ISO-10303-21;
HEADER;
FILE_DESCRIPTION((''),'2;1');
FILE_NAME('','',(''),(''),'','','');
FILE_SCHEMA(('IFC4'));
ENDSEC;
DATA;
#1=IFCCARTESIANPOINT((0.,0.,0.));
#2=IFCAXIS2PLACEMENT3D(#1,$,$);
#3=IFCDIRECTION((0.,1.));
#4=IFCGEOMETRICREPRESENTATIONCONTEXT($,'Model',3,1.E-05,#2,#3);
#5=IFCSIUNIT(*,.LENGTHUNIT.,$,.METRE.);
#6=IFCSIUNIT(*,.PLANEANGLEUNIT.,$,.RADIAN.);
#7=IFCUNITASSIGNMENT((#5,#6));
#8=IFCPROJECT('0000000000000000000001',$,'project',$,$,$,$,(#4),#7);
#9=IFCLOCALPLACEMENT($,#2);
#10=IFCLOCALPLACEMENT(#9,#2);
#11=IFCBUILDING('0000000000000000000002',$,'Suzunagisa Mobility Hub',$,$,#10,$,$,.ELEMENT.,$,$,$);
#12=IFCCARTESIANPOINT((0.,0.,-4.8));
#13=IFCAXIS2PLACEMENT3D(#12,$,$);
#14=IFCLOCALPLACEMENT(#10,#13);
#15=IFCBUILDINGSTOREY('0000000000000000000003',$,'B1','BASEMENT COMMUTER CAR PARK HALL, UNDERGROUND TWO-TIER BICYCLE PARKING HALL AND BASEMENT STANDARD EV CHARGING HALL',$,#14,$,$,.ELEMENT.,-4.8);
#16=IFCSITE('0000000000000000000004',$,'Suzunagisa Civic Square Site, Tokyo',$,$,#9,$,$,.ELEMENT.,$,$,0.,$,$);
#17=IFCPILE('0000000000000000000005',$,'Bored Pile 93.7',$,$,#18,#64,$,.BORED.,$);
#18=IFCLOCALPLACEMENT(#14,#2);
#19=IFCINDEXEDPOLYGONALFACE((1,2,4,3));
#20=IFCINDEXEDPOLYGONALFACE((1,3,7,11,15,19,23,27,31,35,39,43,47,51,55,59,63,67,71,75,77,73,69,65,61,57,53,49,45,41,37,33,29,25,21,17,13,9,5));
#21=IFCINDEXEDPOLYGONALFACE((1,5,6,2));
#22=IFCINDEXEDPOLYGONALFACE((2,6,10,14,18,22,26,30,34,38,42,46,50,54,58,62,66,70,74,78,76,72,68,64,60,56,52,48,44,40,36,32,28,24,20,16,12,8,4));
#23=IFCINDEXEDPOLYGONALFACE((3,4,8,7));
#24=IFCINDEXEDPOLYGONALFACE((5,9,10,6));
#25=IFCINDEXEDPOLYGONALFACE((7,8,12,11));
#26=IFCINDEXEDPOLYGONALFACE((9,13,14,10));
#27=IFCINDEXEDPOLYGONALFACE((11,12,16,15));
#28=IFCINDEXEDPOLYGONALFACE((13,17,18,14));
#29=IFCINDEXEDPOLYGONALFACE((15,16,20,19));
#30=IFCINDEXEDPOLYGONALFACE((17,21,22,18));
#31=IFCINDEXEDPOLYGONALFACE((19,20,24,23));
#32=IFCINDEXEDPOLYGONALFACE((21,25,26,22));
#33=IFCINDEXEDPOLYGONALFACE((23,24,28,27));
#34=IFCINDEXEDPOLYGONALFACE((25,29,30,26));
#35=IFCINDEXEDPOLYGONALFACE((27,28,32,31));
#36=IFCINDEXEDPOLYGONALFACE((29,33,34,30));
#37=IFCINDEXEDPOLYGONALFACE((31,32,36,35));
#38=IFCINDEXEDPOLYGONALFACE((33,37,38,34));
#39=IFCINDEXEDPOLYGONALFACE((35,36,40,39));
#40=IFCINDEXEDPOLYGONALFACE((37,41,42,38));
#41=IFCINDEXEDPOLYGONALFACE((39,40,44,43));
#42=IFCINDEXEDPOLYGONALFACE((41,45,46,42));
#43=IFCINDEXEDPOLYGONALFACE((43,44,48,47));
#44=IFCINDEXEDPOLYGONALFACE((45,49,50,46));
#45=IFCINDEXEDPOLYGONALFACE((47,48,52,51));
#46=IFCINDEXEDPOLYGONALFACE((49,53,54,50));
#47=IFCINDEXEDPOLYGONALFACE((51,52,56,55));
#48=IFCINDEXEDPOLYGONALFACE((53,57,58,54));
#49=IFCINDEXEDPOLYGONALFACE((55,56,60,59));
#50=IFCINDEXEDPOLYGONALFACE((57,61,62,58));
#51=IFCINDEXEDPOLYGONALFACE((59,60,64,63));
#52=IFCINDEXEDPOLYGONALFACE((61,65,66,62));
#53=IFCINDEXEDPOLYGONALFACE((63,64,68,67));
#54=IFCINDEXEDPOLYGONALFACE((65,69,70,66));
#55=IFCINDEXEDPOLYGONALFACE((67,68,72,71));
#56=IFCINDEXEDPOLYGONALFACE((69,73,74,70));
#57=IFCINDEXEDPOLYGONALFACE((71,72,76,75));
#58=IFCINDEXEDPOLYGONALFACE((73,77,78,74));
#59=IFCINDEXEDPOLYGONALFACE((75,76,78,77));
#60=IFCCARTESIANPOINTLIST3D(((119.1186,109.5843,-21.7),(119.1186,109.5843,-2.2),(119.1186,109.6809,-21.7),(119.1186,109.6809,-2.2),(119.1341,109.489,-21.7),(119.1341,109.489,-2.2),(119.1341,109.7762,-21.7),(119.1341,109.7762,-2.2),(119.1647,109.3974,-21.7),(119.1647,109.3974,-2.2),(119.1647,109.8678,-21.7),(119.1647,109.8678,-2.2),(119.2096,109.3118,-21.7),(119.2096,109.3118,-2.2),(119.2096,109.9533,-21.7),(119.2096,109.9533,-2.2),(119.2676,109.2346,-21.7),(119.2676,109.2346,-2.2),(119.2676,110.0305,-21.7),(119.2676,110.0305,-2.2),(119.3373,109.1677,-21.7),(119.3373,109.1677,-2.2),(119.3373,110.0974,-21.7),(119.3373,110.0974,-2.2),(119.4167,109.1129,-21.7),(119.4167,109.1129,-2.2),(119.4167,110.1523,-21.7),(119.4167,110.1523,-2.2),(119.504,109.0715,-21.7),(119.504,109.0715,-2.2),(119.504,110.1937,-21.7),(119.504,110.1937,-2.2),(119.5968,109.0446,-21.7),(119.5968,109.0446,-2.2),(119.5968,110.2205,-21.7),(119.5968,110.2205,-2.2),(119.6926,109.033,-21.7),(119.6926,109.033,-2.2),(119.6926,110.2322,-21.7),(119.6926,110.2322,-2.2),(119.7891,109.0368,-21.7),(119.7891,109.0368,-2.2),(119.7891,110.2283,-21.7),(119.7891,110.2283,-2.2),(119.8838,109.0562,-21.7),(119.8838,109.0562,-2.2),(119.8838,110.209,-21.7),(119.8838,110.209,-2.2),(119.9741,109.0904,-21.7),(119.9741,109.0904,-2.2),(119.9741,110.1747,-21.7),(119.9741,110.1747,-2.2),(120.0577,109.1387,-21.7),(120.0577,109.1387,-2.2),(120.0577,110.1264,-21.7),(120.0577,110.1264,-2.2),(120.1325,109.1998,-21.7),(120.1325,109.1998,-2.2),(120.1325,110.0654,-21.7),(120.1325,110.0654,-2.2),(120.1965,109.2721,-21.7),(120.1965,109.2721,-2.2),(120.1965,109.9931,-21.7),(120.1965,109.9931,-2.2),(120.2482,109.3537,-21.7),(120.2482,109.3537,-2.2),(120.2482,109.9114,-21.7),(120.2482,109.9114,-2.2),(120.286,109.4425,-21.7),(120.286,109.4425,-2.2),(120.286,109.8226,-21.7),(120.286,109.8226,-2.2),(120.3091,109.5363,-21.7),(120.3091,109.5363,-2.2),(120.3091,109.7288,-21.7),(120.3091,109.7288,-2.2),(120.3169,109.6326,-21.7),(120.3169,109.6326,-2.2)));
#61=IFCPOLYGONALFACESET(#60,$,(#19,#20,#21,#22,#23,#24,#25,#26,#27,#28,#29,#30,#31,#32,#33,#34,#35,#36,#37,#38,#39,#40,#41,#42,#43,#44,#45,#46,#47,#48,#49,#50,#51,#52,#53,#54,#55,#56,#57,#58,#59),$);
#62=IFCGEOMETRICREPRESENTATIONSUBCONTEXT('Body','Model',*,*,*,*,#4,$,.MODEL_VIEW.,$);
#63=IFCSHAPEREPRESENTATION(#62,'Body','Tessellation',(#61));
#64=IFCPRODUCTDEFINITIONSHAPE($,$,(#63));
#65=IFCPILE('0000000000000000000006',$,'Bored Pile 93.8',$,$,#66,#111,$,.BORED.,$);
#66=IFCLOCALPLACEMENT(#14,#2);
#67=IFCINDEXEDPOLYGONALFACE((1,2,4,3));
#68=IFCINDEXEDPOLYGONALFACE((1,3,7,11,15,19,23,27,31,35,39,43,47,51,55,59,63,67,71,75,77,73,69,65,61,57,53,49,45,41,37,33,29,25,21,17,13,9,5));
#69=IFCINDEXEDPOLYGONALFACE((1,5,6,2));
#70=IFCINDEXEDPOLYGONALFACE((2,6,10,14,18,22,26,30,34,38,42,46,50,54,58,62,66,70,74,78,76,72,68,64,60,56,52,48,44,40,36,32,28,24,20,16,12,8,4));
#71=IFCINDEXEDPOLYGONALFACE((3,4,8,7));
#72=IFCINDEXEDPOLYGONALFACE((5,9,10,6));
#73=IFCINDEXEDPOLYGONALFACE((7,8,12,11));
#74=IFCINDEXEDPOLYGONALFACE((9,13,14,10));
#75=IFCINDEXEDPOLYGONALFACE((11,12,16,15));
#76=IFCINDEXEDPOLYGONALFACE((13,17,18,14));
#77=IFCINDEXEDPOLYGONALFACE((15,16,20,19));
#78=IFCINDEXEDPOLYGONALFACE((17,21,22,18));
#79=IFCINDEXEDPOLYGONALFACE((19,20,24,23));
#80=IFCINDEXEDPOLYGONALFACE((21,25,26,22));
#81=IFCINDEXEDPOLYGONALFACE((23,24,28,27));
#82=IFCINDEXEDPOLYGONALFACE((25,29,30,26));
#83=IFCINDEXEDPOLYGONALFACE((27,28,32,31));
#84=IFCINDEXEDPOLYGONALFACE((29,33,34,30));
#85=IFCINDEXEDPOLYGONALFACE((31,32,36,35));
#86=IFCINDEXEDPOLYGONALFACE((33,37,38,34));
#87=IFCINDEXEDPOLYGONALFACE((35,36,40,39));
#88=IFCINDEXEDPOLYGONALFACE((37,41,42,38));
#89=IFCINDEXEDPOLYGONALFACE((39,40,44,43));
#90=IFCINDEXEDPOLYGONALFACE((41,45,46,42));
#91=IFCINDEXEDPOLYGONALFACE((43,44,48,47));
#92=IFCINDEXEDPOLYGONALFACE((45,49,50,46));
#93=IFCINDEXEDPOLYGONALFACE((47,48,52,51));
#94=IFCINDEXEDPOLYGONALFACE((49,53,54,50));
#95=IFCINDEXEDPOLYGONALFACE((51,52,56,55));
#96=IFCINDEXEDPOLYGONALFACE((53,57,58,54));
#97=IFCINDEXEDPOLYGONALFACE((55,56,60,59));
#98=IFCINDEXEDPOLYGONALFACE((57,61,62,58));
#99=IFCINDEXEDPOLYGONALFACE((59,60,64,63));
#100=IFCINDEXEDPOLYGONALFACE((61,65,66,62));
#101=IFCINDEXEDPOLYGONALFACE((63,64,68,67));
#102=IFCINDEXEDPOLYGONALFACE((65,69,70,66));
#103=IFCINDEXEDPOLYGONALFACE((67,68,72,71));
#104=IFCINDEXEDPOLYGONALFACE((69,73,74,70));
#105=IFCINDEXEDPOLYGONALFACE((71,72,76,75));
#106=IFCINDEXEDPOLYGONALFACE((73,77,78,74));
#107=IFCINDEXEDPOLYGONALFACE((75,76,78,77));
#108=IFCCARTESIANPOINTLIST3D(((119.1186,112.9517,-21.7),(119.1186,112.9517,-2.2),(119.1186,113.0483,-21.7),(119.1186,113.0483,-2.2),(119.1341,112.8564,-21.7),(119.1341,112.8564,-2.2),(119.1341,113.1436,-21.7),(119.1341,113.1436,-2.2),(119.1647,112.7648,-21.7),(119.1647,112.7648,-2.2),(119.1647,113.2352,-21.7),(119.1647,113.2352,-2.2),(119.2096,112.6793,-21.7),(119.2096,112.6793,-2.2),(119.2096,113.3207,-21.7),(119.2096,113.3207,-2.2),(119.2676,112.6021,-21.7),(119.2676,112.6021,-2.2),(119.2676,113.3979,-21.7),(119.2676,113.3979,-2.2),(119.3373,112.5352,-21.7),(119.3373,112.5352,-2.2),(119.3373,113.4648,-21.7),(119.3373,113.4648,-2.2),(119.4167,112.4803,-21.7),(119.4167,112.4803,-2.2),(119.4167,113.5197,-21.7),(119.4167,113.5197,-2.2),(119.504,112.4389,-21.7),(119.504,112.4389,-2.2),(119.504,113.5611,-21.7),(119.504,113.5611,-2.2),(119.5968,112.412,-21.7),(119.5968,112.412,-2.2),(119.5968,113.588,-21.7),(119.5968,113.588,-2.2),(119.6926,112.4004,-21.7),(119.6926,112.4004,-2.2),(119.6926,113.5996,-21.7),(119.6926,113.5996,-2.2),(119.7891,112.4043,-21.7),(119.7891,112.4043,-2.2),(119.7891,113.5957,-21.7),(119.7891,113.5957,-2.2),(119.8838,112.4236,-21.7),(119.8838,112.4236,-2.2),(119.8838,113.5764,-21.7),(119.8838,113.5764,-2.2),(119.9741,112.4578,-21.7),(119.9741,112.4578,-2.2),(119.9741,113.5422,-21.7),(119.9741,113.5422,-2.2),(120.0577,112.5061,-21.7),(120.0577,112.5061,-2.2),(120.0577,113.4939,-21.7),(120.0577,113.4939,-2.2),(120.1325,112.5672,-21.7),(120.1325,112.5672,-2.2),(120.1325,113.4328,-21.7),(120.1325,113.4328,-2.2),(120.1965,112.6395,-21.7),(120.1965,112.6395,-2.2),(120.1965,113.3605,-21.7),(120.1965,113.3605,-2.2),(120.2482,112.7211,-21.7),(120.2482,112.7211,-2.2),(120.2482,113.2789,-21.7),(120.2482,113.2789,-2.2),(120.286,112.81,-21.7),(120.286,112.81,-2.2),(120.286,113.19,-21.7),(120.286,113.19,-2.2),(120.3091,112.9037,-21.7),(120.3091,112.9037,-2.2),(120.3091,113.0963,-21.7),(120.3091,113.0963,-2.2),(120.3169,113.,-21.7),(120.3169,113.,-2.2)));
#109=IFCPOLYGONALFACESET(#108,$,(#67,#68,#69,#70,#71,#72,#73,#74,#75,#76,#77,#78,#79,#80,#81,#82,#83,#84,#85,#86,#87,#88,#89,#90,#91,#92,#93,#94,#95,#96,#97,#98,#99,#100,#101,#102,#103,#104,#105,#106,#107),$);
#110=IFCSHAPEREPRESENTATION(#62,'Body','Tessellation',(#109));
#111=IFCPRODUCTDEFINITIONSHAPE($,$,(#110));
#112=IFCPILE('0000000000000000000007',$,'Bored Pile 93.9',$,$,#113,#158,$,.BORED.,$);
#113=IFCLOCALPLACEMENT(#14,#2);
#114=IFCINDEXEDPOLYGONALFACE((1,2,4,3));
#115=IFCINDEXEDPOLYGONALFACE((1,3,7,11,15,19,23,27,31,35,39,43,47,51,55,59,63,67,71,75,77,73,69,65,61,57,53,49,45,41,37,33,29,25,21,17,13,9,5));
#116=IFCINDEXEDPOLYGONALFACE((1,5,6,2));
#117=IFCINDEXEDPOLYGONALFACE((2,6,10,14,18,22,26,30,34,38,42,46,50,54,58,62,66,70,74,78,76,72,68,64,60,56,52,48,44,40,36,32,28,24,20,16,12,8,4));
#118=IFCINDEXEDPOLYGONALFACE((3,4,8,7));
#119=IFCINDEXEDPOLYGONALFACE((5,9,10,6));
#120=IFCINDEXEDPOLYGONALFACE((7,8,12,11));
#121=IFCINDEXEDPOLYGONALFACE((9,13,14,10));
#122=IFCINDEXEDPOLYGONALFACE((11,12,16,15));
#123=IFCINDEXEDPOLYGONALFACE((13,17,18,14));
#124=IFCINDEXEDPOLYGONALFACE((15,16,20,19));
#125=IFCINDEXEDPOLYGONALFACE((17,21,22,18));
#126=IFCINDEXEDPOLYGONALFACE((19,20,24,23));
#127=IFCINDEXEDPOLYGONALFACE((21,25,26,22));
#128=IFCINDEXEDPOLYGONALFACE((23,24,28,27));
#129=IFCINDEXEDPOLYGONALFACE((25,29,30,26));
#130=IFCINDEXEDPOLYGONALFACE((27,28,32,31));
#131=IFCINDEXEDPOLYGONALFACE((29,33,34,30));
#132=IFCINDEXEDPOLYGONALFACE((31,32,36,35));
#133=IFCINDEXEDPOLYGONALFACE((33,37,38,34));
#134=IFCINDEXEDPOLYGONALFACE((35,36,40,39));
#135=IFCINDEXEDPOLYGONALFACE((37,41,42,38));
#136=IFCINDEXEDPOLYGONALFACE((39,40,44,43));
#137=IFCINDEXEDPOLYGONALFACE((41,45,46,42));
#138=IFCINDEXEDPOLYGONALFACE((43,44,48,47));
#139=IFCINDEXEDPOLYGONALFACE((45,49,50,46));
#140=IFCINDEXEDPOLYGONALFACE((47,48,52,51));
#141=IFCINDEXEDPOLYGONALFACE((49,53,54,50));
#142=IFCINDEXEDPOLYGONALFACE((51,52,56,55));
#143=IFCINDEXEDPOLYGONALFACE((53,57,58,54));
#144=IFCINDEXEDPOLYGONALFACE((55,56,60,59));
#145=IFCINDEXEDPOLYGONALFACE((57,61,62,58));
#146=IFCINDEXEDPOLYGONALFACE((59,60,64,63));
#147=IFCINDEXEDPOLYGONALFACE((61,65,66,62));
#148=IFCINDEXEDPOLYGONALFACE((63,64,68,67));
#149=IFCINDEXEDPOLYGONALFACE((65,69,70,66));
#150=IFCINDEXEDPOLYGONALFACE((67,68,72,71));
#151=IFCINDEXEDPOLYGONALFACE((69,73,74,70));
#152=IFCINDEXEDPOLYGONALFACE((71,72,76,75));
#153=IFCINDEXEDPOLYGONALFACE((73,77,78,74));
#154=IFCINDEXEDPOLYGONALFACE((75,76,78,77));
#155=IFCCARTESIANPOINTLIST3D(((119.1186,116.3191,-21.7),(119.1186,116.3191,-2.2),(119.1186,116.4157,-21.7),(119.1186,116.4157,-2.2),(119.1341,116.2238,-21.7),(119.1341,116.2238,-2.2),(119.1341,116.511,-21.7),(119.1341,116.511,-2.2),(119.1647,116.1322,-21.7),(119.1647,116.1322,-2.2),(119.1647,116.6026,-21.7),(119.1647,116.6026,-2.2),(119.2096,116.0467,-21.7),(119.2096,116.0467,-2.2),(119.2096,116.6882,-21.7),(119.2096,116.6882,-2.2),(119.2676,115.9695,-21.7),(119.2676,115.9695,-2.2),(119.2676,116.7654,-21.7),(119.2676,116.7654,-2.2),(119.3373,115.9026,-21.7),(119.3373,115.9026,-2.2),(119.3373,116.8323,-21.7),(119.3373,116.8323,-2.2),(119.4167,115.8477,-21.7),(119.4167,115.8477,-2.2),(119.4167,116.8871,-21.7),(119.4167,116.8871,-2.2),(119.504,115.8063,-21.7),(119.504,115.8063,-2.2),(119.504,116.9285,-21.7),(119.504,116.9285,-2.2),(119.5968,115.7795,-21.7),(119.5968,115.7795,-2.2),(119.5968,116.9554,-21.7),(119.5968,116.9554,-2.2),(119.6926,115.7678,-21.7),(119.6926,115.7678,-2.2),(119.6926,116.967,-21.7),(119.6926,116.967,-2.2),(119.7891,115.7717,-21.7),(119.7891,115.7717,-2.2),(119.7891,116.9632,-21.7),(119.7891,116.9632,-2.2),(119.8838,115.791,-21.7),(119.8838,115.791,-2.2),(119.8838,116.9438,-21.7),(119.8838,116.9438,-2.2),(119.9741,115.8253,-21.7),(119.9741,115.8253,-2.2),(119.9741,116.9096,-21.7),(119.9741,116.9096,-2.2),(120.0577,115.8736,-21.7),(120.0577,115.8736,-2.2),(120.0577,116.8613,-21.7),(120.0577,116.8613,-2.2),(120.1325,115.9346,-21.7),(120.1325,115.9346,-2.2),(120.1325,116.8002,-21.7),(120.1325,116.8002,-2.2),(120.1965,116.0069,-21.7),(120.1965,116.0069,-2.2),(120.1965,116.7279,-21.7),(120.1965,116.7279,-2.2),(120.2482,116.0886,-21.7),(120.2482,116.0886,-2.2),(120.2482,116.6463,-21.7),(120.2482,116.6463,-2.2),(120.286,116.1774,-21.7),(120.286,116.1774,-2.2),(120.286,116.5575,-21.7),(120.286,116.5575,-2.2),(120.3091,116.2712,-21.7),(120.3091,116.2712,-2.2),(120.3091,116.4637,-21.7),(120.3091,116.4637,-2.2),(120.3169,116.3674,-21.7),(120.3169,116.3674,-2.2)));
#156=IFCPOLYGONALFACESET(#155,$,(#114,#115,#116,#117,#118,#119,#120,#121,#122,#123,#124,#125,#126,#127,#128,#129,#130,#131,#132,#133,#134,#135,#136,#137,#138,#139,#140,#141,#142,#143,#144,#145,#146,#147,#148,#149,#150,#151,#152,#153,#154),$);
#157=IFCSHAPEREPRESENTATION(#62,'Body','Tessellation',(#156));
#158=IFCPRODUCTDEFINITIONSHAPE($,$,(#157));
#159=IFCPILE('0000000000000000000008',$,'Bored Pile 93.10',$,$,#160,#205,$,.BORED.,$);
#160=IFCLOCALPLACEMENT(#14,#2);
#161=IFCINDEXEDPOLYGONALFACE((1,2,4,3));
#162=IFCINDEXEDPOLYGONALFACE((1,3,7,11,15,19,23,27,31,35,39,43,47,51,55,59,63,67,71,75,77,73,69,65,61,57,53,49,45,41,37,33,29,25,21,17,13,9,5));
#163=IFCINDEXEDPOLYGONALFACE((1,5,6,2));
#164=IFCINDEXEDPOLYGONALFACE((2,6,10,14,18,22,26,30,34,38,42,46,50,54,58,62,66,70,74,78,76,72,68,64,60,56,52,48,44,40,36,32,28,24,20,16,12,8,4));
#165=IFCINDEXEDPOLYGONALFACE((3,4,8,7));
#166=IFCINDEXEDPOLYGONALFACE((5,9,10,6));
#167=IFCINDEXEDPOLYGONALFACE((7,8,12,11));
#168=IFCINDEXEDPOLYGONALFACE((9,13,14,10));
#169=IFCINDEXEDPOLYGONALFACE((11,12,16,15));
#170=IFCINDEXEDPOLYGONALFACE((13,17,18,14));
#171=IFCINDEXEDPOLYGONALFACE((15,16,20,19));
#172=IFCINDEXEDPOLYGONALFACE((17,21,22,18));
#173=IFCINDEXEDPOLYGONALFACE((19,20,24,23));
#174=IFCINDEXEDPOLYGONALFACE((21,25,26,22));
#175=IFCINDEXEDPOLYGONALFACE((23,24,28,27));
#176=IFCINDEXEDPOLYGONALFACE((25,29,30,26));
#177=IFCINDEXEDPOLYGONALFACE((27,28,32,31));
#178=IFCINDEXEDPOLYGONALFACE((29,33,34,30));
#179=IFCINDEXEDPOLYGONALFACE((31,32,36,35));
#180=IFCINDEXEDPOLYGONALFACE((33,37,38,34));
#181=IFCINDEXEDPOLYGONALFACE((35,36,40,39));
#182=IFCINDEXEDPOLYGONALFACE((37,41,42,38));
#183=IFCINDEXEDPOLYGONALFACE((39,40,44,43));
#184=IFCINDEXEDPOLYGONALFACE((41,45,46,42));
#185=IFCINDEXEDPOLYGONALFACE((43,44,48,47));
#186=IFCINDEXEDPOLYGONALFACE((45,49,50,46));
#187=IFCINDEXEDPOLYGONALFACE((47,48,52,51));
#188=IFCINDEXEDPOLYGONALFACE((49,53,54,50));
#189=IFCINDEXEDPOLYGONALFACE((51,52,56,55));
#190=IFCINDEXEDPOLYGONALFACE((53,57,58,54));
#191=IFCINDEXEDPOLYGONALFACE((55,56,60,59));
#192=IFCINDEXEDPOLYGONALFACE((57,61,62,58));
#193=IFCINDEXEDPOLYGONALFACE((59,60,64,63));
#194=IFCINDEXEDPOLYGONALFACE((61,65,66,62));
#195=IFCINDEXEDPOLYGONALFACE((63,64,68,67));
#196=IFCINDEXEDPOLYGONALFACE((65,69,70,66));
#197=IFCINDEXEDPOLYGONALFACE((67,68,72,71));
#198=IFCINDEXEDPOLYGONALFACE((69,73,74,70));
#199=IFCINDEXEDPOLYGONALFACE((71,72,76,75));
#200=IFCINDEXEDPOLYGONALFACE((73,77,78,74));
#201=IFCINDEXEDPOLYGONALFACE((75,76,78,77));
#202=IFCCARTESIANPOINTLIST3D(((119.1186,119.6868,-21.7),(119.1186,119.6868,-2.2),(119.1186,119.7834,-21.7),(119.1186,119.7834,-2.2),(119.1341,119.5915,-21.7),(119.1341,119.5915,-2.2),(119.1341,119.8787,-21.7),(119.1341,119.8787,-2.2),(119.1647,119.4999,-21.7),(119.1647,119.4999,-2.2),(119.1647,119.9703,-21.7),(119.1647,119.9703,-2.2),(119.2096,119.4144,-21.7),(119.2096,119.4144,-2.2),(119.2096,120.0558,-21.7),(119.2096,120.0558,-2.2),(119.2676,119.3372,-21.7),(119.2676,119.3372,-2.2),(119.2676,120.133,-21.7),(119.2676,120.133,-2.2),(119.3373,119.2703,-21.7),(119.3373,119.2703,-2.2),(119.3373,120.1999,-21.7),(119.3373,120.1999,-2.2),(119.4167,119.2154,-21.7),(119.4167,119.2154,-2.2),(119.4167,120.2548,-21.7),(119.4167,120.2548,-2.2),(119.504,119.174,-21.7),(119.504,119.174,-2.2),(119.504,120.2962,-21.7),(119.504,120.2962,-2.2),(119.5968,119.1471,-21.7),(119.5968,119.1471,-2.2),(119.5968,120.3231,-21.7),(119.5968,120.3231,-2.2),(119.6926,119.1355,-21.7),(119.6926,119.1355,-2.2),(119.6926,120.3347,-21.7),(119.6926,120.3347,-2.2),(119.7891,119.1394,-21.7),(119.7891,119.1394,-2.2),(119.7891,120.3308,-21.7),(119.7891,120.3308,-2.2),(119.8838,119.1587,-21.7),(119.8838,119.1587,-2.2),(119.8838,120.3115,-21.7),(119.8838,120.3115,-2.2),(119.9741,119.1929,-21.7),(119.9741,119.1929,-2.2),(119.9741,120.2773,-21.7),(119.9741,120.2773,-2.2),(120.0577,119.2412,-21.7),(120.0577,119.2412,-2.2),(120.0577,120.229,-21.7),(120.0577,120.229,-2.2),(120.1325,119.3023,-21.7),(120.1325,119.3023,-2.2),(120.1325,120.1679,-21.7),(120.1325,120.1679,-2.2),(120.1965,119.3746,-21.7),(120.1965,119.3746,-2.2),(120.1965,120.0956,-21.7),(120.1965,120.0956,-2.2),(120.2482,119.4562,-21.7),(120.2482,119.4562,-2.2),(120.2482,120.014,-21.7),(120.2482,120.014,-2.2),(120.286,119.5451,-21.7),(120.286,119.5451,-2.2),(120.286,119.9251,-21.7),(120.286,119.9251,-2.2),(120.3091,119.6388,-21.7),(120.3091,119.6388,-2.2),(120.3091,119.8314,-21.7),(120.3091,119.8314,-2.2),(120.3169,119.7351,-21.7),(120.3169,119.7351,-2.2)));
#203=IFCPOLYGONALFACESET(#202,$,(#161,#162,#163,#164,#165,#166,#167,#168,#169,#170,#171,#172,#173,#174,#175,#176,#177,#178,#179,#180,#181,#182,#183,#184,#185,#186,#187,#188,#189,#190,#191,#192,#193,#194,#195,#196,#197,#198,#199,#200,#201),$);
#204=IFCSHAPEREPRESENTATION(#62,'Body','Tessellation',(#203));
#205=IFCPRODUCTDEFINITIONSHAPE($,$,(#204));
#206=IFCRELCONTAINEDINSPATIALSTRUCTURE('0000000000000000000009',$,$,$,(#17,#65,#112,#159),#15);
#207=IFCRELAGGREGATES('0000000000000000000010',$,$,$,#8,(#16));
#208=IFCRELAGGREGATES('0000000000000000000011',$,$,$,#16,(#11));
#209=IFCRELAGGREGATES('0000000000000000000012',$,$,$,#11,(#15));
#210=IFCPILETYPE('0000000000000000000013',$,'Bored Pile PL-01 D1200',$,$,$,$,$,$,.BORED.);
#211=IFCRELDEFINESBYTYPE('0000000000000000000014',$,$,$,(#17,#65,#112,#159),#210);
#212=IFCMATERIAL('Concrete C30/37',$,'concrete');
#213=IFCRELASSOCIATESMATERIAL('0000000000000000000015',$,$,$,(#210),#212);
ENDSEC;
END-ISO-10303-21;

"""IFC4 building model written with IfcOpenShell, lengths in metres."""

from ifc_helpers import new_model, si_unit, direction, frame, origin, origin_2d, place, context, subcontext, project, spatial, circle, extrude, material, material_profile, profile_set, type_object, element, save


model = new_model("IFC4")

# Units and contexts
model_context = context("Model", 3, precision=1e-05, world=origin(), true_north=direction((0.0, 1.0)))
body_context = subcontext(model_context, "Body", "Model", "MODEL_VIEW")
ifc_project = project(units=[si_unit("LENGTHUNIT", "METRE"), si_unit("PLANEANGLEUNIT", "RADIAN")], contexts=[model_context])

# Site, building, storey
site_placement = place(None, origin())
site = spatial("IfcSite", under=ifc_project, at=site_placement, Name="Suzunagisa Civic Square Site, Tokyo", CompositionType="ELEMENT", RefElevation=0.0)
building_placement = place(site_placement, origin())
building = spatial("IfcBuilding", under=site, at=building_placement, Name="Suzunagisa Mobility Hub", CompositionType="ELEMENT")
storey_placement = place(building_placement, frame((0.0, 0.0, -4.8)))
storey = spatial("IfcBuildingStorey", under=building, at=storey_placement, Name="B1", Description="BASEMENT COMMUTER CAR PARK HALL, UNDERGROUND TWO-TIER BICYCLE PARKING HALL AND BASEMENT STANDARD EV CHARGING HALL", CompositionType="ELEMENT", Elevation=-4.8)

# Piles
ifc_material_1 = material(Name="Concrete C30/37", Category="concrete")
ifc_material_profile_1 = material_profile(ifc_material_1, circle(Radius=0.6001, at=origin_2d()), Name="BORED PILE D1200")
ifc_profile_set_1 = profile_set([ifc_material_profile_1], Name="Concrete C30/37")
pile_type = type_object("IfcPileType", Name="Bored Pile PL-01 D1200", PredefinedType="BORED", material=ifc_profile_set_1)
for number, where, z_axis, x_axis, name in (
    (1, (119.7168, 109.6326, -2.2), (0.0, 0.0, -1.0), (1.0, 0.0, 0.0), "Bored Pile 93.7"),
    (2, (119.7168, 113.0, -2.2), (0.0, 0.0, -1.0), (1.0, 0.0, 0.0), "Bored Pile 93.8"),
    (3, (119.7168, 116.3674, -2.2), (0.0, 0.0, -1.0), (1.0, 0.0, 0.0), "Bored Pile 93.9"),
    (4, (119.7168, 119.7351, -2.2), (0.0, 0.0, -1.0), (1.0, 0.0, 0.0), "Bored Pile 93.10"),
):
    element("IfcPile", number, at=place(storey_placement, frame(where, z_axis=z_axis, x_axis=x_axis)), inside=storey, type_object=pile_type, Name=name, PredefinedType="BORED", context=body_context, shape_type="SweptSolid", body=[
        extrude(circle(Radius=0.6001, at=origin_2d()), origin(), (0.0, 0.0, 1.0), 19.5),
    ])

save(model, "model.ifc")
